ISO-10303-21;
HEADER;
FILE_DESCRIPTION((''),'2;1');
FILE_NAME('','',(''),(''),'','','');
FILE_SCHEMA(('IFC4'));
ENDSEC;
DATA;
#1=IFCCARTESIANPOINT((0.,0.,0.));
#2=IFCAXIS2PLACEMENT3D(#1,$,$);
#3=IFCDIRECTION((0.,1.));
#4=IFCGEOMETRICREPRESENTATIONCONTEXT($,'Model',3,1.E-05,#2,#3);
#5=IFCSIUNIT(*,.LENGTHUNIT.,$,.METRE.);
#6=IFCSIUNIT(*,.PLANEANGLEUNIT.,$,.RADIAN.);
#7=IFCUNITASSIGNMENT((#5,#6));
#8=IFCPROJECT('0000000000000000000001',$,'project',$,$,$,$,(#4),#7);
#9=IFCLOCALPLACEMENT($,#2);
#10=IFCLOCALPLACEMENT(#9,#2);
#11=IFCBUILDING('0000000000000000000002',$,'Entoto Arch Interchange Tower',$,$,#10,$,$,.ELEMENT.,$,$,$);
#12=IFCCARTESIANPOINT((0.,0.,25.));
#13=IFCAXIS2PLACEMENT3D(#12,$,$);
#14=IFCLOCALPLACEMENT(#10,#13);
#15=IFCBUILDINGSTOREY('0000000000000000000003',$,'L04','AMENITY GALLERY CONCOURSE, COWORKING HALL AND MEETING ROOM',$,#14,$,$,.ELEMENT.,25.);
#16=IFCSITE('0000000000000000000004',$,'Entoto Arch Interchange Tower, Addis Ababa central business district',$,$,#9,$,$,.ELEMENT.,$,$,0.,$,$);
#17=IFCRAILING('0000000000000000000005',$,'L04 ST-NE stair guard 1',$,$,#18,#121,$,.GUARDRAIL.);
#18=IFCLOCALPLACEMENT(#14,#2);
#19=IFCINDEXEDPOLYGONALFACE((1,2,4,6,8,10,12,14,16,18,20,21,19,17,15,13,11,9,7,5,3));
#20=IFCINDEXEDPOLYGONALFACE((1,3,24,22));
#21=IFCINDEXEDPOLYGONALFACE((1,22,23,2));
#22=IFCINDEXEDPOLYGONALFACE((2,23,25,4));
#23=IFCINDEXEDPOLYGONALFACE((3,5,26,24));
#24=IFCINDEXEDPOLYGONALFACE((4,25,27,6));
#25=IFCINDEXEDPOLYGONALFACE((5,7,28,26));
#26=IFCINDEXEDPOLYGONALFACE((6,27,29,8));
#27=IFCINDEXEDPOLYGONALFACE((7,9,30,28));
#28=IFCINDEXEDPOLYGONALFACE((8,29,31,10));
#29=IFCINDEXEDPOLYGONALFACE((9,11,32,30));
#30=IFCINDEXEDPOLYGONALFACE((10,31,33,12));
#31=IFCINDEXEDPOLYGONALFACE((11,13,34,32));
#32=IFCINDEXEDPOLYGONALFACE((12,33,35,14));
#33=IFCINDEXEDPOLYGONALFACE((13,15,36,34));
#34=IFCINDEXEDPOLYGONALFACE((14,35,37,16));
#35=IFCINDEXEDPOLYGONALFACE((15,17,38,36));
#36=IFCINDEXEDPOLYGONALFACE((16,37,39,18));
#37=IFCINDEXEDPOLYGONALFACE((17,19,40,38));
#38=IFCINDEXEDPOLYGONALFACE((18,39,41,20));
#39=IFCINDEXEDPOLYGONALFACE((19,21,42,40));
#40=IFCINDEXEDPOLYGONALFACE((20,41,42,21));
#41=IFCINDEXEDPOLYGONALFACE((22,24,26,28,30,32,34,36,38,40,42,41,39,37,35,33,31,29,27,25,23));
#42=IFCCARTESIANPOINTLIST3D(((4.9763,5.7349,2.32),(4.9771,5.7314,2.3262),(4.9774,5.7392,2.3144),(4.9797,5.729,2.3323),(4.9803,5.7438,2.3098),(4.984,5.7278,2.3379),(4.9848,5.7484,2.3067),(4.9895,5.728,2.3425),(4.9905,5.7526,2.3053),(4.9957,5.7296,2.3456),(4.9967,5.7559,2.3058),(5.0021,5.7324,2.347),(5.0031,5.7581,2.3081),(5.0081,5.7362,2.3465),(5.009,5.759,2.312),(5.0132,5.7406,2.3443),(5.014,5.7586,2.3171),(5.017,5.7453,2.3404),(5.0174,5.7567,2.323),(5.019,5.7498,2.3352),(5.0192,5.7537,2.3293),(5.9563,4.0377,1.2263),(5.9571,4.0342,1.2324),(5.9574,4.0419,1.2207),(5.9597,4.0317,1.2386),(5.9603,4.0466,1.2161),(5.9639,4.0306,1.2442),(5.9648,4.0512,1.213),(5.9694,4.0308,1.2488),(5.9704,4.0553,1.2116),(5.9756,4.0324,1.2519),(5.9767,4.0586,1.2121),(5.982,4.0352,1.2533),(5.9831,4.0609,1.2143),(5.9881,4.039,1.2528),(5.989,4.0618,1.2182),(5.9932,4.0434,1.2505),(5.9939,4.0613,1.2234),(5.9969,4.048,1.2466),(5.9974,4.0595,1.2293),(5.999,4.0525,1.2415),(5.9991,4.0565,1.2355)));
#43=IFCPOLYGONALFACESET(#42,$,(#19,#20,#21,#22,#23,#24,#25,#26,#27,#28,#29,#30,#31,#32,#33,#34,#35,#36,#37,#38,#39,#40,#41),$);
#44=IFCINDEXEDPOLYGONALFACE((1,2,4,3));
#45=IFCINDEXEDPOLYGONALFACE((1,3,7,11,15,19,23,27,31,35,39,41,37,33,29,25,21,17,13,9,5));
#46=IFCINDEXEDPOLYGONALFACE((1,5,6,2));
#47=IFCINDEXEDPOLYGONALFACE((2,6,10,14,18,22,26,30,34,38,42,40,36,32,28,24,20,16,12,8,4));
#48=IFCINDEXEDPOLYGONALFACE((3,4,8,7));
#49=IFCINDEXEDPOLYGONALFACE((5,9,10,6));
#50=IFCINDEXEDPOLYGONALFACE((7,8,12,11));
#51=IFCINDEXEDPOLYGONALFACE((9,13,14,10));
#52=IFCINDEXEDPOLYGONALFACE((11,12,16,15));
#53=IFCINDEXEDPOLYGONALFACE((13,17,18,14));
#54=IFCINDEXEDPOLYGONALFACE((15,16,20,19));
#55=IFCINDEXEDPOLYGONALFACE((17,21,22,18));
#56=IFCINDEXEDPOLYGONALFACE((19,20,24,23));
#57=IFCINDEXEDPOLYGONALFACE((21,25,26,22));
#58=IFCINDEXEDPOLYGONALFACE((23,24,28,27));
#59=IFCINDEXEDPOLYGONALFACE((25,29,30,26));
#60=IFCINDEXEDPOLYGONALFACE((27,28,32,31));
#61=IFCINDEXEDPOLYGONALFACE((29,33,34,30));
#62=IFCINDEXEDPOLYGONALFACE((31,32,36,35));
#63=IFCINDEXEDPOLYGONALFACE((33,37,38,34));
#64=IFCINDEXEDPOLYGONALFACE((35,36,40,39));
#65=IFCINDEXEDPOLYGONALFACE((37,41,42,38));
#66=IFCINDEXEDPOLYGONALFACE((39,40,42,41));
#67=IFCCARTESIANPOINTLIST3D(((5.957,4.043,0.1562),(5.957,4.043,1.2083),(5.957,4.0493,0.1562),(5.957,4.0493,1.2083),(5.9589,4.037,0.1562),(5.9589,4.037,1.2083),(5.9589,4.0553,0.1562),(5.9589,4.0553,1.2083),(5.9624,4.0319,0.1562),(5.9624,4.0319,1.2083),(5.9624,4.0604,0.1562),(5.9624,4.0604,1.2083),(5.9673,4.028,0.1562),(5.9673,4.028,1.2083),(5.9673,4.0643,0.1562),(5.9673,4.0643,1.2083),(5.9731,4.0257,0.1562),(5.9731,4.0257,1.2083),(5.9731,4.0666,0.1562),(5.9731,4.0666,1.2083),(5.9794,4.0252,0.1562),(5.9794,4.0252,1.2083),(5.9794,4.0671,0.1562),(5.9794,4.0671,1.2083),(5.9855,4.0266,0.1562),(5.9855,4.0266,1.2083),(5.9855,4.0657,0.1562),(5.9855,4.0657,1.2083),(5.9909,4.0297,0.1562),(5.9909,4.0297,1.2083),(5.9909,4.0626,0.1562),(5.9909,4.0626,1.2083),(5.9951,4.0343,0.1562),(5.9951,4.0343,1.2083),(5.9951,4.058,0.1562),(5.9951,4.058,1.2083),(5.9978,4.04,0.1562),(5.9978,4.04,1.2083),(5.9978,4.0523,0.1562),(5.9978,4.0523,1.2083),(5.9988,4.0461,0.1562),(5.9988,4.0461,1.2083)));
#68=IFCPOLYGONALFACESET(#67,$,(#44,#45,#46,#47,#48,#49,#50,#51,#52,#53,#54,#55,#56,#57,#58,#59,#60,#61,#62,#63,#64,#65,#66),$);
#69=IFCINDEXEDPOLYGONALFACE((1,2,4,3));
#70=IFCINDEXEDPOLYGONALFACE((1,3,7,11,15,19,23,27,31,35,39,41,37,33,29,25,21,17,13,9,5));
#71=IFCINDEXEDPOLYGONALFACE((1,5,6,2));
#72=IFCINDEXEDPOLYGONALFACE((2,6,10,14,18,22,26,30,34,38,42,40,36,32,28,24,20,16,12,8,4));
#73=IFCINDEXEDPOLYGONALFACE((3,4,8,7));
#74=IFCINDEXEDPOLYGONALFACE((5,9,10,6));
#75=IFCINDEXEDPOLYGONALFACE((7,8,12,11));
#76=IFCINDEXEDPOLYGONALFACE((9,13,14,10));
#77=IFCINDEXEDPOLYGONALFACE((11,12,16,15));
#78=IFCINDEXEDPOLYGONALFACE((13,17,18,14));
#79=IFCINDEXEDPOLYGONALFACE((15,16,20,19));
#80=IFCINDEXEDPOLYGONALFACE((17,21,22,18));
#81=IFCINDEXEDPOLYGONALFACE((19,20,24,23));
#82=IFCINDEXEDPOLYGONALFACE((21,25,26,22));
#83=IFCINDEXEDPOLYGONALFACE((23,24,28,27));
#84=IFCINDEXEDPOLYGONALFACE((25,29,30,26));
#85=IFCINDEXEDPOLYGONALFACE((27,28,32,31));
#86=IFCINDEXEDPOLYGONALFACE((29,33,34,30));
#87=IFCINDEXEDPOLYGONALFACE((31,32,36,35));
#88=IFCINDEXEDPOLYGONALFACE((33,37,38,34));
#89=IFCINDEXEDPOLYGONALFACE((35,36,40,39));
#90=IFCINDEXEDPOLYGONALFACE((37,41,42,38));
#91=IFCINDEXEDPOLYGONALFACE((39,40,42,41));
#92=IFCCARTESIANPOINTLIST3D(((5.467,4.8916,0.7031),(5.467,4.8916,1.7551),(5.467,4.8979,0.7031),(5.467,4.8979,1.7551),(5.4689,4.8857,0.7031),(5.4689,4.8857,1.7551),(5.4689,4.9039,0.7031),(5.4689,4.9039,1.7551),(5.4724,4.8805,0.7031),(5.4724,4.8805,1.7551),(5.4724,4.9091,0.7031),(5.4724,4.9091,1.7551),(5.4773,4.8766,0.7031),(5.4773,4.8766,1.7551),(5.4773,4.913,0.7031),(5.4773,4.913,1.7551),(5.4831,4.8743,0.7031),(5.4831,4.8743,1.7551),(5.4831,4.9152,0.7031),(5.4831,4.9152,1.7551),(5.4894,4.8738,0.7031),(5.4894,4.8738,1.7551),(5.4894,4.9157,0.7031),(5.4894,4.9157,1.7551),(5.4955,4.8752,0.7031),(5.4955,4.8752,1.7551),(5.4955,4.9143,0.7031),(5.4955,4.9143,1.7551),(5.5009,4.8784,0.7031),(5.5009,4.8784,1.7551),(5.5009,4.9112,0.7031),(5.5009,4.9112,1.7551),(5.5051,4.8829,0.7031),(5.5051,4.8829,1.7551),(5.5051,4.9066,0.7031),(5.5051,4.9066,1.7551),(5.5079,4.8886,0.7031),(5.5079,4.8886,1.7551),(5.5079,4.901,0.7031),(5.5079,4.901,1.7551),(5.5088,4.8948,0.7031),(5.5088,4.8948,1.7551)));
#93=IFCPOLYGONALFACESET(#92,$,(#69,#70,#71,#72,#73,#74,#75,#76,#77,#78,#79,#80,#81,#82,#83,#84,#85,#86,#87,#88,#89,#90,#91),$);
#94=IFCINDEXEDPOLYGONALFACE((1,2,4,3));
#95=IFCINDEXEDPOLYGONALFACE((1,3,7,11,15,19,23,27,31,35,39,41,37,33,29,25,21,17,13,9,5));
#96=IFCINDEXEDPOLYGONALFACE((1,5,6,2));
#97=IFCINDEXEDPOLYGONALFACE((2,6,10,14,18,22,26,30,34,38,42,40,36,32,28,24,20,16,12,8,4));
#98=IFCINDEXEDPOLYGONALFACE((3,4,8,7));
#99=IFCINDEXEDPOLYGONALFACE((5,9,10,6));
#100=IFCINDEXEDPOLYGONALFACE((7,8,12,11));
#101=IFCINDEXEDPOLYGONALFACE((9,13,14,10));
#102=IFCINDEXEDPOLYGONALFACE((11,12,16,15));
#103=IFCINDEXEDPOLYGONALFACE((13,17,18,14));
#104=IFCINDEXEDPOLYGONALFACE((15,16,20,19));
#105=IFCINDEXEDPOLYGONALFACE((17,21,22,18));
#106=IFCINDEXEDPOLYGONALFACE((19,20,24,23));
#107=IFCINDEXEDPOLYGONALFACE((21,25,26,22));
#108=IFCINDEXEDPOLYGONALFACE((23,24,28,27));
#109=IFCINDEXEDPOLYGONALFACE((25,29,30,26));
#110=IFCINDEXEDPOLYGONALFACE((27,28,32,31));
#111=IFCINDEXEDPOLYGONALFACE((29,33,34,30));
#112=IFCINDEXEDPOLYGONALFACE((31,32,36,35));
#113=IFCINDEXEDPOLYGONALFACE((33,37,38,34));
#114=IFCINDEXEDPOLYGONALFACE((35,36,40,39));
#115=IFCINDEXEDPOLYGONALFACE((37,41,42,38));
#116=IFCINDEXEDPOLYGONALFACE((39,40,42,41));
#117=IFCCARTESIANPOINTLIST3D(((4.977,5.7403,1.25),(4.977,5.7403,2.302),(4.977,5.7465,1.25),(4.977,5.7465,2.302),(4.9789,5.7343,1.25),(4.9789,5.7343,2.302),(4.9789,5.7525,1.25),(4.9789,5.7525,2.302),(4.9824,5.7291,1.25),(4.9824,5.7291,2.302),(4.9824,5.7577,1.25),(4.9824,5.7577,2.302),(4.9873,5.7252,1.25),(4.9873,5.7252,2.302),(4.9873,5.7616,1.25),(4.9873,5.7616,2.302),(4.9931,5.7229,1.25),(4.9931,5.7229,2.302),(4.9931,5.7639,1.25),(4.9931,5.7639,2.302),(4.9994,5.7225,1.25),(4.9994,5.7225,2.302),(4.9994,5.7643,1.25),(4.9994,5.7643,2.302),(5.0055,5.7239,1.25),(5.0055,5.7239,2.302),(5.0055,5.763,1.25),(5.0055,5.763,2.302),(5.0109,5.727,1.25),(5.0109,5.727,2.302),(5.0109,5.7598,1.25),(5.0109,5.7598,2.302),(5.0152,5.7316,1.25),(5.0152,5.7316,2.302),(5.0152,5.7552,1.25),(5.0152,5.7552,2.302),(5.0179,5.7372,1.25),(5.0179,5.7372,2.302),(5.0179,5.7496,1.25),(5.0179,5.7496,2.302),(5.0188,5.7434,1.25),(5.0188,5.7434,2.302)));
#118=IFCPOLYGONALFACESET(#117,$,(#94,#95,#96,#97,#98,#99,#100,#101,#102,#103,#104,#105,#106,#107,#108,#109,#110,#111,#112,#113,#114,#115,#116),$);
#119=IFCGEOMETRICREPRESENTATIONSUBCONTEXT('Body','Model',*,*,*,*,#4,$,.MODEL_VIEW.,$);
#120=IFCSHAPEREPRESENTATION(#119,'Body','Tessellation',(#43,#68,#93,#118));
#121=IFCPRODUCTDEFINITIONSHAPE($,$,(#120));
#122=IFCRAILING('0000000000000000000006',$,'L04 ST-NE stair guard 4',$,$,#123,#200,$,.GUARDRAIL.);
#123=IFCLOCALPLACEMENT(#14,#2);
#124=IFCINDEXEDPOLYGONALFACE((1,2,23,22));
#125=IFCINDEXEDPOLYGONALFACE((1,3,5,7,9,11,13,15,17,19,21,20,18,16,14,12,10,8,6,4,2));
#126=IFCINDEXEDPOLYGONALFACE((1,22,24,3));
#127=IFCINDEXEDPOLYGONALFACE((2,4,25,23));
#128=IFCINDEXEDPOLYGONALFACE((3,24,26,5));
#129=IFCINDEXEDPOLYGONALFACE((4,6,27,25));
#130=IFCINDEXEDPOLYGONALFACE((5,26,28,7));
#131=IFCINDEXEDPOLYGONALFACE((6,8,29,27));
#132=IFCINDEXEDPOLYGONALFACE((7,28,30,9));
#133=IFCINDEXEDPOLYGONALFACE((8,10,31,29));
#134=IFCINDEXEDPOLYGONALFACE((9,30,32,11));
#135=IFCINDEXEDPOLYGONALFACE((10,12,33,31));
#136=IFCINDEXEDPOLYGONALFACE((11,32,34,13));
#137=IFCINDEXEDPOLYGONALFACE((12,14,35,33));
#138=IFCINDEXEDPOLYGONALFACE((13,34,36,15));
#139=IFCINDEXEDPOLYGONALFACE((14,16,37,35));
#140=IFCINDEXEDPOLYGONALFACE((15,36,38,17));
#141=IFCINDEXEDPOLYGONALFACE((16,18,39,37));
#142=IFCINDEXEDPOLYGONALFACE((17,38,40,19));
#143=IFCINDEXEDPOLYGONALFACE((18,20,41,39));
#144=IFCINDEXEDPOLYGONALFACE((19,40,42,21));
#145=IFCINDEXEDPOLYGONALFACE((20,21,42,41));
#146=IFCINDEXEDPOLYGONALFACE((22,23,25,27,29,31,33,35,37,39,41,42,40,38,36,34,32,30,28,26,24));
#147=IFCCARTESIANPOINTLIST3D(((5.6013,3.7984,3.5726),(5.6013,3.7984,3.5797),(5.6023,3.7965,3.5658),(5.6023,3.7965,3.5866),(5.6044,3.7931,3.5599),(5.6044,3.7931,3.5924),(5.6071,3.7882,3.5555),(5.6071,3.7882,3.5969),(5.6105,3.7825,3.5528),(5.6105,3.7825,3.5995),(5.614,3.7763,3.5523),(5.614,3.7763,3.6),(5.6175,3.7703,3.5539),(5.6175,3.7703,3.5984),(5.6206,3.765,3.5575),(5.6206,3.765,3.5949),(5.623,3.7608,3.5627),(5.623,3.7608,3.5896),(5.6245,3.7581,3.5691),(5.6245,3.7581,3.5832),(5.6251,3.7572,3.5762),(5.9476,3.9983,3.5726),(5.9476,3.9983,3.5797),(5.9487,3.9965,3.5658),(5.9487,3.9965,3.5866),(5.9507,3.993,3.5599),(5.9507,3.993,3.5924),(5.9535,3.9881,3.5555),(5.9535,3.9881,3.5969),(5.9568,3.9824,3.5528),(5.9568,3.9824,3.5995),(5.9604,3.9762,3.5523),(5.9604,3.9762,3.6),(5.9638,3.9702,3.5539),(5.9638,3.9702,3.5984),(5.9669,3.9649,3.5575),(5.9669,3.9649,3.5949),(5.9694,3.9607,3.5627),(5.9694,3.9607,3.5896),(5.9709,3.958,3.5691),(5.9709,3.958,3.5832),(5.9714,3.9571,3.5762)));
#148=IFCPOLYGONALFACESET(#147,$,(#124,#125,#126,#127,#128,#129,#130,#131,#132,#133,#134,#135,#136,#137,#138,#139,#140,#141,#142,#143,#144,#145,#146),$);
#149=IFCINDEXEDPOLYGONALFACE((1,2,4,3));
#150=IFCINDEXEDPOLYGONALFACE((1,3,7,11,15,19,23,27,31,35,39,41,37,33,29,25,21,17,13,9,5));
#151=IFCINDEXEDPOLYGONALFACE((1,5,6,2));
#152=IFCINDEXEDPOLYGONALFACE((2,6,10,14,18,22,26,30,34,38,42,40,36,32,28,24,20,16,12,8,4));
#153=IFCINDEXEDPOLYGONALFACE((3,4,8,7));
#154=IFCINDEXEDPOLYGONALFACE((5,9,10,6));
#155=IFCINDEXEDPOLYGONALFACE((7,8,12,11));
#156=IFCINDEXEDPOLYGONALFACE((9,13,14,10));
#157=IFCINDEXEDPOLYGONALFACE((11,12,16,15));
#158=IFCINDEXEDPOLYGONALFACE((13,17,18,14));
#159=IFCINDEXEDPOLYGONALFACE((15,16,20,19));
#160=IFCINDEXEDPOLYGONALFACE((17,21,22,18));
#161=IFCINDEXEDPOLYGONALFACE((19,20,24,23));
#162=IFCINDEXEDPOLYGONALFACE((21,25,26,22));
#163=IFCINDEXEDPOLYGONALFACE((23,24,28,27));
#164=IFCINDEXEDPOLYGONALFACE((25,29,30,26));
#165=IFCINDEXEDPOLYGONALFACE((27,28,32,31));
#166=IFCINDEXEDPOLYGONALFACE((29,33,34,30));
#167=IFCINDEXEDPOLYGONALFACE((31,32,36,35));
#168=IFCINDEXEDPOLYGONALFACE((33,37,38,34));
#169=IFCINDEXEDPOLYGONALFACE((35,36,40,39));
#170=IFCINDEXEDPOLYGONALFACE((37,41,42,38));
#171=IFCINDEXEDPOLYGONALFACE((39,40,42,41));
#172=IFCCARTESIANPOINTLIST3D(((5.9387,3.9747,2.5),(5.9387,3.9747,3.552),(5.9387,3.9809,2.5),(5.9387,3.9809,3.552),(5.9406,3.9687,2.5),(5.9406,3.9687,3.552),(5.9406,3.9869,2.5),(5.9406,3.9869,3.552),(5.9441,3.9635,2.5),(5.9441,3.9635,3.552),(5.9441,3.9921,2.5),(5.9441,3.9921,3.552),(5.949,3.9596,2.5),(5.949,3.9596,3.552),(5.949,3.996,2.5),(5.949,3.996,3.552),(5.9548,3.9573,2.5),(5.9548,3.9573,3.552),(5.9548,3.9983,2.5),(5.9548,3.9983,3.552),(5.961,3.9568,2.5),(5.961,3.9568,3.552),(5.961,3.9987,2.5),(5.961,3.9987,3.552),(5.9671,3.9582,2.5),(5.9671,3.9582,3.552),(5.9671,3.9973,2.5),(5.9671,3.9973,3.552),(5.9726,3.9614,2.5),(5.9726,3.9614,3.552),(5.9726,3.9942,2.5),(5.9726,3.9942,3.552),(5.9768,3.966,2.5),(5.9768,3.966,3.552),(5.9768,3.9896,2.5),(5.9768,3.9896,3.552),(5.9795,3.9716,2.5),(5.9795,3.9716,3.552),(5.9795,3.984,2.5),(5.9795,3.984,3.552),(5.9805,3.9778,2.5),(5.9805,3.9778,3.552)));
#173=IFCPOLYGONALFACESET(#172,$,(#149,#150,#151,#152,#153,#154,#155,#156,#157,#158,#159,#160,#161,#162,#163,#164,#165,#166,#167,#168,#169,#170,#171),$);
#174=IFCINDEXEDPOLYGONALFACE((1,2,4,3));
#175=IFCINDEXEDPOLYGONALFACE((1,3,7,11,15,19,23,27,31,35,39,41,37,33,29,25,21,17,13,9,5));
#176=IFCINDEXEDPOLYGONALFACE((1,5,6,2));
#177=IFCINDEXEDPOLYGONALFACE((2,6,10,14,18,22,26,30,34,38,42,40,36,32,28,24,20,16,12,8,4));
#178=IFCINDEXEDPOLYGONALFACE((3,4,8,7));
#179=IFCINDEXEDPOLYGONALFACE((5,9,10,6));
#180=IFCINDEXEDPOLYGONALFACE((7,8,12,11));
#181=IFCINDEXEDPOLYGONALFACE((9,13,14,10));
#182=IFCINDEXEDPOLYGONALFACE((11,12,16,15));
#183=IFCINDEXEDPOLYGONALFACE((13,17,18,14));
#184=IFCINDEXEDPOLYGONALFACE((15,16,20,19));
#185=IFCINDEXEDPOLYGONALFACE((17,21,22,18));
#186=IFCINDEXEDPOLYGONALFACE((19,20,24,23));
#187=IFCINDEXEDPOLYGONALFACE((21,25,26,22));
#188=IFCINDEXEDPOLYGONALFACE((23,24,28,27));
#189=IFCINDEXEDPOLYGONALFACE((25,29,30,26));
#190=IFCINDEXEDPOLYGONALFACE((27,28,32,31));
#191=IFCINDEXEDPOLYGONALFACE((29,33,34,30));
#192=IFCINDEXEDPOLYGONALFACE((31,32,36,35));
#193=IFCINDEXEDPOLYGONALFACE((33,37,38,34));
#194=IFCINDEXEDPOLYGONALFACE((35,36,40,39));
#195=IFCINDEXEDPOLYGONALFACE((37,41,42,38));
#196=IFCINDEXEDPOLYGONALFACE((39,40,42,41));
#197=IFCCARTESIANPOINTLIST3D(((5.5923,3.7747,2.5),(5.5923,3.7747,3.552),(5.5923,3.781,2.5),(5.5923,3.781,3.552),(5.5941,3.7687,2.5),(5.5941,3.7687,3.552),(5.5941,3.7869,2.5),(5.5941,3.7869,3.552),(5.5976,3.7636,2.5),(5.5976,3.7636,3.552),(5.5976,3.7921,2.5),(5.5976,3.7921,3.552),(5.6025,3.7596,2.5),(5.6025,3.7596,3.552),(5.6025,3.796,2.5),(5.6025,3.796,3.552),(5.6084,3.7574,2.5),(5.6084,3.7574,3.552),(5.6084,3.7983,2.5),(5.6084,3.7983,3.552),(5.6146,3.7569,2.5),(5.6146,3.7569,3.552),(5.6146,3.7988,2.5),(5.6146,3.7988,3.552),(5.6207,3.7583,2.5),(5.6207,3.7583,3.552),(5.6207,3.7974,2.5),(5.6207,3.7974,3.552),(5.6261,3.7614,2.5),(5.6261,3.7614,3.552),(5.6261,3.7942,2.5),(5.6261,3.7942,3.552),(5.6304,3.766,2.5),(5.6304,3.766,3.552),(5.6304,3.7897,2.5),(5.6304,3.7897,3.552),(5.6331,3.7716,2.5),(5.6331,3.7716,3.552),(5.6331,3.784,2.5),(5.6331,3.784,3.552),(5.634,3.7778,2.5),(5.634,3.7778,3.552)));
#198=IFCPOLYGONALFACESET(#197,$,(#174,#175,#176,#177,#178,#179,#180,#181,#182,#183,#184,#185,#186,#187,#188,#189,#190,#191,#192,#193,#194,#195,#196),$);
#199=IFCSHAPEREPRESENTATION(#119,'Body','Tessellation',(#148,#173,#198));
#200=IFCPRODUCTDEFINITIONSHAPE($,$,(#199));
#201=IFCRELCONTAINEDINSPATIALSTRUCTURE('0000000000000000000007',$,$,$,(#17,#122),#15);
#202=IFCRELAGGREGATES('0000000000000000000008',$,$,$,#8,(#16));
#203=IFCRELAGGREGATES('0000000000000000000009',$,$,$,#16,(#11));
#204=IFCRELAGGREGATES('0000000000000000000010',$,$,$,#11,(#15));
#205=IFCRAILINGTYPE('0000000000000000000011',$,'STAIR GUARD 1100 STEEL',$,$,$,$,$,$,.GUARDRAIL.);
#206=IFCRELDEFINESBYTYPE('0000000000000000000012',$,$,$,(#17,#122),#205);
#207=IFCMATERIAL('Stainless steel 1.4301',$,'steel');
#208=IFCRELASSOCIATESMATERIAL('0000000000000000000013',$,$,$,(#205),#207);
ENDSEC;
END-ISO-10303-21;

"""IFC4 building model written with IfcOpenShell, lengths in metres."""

from ifc_helpers import new_model, si_unit, direction, frame, origin, origin_2d, place, context, subcontext, project, spatial, circle, extrude, material, type_object, element, save


model = new_model("IFC4")

# Units and contexts
model_context = context("Model", 3, precision=1e-05, world=origin(), true_north=direction((0.0, 1.0)))
body_context = subcontext(model_context, "Body", "Model", "MODEL_VIEW")
ifc_project = project(units=[si_unit("LENGTHUNIT", "METRE"), si_unit("PLANEANGLEUNIT", "RADIAN")], contexts=[model_context])

# Site, building, storey
site_placement = place(None, origin())
site = spatial("IfcSite", under=ifc_project, at=site_placement, Name="Entoto Arch Interchange Tower, Addis Ababa central business district", CompositionType="ELEMENT", RefElevation=0.0)
building_placement = place(site_placement, origin())
building = spatial("IfcBuilding", under=site, at=building_placement, Name="Entoto Arch Interchange Tower", CompositionType="ELEMENT")
storey_placement = place(building_placement, frame((0.0, 0.0, 25.0)))
storey = spatial("IfcBuildingStorey", under=building, at=storey_placement, Name="L04", Description="AMENITY GALLERY CONCOURSE, COWORKING HALL AND MEETING ROOM", CompositionType="ELEMENT", Elevation=25.0)

# Railings
ifc_material_1 = material(Name="Stainless steel 1.4301", Category="steel")
railing_type_1 = type_object("IfcRailingType", Name="STAIR GUARD 1100 STEEL", PredefinedType="GUARDRAIL", material=ifc_material_1)
railing_1_placement = place(storey_placement, frame((5.9778, 4.0461, 0.1562)))
element("IfcRailing", 1, at=railing_1_placement, inside=storey, type_object=railing_type_1, Name="L04 ST-NE stair guard 1", PredefinedType="GUARDRAIL", context=body_context, shape_type="SweptSolid", body=[
    extrude(circle(Radius=0.0239, at=origin_2d()), frame((0.0, 0.0, 1.0762), z_axis=(-0.436632, 0.75622, 0.487323), x_axis=(-0.866011, -0.500024, 0.0)), (0.0, 0.0, 1.0), 2.2444),
    extrude(circle(Radius=0.021, at=origin_2d()), origin(), (0.0, 0.0, 1.0), 1.052),
    extrude(circle(Radius=0.021, at=origin_2d()), frame((-0.49, 0.8486, 0.5469)), (0.0, 0.0, 1.0), 1.052),
    extrude(circle(Radius=0.021, at=origin_2d()), frame((-0.98, 1.6973, 1.0938)), (0.0, 0.0, 1.0), 1.052),
])
railing_2_placement = place(storey_placement, frame((5.9595, 3.9778, 2.5)))
element("IfcRailing", 2, at=railing_2_placement, inside=storey, type_object=railing_type_1, Name="L04 ST-NE stair guard 4", PredefinedType="GUARDRAIL", context=body_context, shape_type="SweptSolid", body=[
    extrude(circle(Radius=0.0239, at=origin_2d()), frame((0.0, 0.0, 1.0762), z_axis=(-0.866094, -0.499881, 0.0), x_axis=(0.499881, -0.866094, 0.0)), (0.0, 0.0, 1.0), 0.3999),
    extrude(circle(Radius=0.021, at=origin_2d()), origin(), (0.0, 0.0, 1.0), 1.052),
    extrude(circle(Radius=0.021, at=origin_2d()), frame((-0.3464, -0.2, 0.0)), (0.0, 0.0, 1.0), 1.052),
])

save(model, "model.ifc")
